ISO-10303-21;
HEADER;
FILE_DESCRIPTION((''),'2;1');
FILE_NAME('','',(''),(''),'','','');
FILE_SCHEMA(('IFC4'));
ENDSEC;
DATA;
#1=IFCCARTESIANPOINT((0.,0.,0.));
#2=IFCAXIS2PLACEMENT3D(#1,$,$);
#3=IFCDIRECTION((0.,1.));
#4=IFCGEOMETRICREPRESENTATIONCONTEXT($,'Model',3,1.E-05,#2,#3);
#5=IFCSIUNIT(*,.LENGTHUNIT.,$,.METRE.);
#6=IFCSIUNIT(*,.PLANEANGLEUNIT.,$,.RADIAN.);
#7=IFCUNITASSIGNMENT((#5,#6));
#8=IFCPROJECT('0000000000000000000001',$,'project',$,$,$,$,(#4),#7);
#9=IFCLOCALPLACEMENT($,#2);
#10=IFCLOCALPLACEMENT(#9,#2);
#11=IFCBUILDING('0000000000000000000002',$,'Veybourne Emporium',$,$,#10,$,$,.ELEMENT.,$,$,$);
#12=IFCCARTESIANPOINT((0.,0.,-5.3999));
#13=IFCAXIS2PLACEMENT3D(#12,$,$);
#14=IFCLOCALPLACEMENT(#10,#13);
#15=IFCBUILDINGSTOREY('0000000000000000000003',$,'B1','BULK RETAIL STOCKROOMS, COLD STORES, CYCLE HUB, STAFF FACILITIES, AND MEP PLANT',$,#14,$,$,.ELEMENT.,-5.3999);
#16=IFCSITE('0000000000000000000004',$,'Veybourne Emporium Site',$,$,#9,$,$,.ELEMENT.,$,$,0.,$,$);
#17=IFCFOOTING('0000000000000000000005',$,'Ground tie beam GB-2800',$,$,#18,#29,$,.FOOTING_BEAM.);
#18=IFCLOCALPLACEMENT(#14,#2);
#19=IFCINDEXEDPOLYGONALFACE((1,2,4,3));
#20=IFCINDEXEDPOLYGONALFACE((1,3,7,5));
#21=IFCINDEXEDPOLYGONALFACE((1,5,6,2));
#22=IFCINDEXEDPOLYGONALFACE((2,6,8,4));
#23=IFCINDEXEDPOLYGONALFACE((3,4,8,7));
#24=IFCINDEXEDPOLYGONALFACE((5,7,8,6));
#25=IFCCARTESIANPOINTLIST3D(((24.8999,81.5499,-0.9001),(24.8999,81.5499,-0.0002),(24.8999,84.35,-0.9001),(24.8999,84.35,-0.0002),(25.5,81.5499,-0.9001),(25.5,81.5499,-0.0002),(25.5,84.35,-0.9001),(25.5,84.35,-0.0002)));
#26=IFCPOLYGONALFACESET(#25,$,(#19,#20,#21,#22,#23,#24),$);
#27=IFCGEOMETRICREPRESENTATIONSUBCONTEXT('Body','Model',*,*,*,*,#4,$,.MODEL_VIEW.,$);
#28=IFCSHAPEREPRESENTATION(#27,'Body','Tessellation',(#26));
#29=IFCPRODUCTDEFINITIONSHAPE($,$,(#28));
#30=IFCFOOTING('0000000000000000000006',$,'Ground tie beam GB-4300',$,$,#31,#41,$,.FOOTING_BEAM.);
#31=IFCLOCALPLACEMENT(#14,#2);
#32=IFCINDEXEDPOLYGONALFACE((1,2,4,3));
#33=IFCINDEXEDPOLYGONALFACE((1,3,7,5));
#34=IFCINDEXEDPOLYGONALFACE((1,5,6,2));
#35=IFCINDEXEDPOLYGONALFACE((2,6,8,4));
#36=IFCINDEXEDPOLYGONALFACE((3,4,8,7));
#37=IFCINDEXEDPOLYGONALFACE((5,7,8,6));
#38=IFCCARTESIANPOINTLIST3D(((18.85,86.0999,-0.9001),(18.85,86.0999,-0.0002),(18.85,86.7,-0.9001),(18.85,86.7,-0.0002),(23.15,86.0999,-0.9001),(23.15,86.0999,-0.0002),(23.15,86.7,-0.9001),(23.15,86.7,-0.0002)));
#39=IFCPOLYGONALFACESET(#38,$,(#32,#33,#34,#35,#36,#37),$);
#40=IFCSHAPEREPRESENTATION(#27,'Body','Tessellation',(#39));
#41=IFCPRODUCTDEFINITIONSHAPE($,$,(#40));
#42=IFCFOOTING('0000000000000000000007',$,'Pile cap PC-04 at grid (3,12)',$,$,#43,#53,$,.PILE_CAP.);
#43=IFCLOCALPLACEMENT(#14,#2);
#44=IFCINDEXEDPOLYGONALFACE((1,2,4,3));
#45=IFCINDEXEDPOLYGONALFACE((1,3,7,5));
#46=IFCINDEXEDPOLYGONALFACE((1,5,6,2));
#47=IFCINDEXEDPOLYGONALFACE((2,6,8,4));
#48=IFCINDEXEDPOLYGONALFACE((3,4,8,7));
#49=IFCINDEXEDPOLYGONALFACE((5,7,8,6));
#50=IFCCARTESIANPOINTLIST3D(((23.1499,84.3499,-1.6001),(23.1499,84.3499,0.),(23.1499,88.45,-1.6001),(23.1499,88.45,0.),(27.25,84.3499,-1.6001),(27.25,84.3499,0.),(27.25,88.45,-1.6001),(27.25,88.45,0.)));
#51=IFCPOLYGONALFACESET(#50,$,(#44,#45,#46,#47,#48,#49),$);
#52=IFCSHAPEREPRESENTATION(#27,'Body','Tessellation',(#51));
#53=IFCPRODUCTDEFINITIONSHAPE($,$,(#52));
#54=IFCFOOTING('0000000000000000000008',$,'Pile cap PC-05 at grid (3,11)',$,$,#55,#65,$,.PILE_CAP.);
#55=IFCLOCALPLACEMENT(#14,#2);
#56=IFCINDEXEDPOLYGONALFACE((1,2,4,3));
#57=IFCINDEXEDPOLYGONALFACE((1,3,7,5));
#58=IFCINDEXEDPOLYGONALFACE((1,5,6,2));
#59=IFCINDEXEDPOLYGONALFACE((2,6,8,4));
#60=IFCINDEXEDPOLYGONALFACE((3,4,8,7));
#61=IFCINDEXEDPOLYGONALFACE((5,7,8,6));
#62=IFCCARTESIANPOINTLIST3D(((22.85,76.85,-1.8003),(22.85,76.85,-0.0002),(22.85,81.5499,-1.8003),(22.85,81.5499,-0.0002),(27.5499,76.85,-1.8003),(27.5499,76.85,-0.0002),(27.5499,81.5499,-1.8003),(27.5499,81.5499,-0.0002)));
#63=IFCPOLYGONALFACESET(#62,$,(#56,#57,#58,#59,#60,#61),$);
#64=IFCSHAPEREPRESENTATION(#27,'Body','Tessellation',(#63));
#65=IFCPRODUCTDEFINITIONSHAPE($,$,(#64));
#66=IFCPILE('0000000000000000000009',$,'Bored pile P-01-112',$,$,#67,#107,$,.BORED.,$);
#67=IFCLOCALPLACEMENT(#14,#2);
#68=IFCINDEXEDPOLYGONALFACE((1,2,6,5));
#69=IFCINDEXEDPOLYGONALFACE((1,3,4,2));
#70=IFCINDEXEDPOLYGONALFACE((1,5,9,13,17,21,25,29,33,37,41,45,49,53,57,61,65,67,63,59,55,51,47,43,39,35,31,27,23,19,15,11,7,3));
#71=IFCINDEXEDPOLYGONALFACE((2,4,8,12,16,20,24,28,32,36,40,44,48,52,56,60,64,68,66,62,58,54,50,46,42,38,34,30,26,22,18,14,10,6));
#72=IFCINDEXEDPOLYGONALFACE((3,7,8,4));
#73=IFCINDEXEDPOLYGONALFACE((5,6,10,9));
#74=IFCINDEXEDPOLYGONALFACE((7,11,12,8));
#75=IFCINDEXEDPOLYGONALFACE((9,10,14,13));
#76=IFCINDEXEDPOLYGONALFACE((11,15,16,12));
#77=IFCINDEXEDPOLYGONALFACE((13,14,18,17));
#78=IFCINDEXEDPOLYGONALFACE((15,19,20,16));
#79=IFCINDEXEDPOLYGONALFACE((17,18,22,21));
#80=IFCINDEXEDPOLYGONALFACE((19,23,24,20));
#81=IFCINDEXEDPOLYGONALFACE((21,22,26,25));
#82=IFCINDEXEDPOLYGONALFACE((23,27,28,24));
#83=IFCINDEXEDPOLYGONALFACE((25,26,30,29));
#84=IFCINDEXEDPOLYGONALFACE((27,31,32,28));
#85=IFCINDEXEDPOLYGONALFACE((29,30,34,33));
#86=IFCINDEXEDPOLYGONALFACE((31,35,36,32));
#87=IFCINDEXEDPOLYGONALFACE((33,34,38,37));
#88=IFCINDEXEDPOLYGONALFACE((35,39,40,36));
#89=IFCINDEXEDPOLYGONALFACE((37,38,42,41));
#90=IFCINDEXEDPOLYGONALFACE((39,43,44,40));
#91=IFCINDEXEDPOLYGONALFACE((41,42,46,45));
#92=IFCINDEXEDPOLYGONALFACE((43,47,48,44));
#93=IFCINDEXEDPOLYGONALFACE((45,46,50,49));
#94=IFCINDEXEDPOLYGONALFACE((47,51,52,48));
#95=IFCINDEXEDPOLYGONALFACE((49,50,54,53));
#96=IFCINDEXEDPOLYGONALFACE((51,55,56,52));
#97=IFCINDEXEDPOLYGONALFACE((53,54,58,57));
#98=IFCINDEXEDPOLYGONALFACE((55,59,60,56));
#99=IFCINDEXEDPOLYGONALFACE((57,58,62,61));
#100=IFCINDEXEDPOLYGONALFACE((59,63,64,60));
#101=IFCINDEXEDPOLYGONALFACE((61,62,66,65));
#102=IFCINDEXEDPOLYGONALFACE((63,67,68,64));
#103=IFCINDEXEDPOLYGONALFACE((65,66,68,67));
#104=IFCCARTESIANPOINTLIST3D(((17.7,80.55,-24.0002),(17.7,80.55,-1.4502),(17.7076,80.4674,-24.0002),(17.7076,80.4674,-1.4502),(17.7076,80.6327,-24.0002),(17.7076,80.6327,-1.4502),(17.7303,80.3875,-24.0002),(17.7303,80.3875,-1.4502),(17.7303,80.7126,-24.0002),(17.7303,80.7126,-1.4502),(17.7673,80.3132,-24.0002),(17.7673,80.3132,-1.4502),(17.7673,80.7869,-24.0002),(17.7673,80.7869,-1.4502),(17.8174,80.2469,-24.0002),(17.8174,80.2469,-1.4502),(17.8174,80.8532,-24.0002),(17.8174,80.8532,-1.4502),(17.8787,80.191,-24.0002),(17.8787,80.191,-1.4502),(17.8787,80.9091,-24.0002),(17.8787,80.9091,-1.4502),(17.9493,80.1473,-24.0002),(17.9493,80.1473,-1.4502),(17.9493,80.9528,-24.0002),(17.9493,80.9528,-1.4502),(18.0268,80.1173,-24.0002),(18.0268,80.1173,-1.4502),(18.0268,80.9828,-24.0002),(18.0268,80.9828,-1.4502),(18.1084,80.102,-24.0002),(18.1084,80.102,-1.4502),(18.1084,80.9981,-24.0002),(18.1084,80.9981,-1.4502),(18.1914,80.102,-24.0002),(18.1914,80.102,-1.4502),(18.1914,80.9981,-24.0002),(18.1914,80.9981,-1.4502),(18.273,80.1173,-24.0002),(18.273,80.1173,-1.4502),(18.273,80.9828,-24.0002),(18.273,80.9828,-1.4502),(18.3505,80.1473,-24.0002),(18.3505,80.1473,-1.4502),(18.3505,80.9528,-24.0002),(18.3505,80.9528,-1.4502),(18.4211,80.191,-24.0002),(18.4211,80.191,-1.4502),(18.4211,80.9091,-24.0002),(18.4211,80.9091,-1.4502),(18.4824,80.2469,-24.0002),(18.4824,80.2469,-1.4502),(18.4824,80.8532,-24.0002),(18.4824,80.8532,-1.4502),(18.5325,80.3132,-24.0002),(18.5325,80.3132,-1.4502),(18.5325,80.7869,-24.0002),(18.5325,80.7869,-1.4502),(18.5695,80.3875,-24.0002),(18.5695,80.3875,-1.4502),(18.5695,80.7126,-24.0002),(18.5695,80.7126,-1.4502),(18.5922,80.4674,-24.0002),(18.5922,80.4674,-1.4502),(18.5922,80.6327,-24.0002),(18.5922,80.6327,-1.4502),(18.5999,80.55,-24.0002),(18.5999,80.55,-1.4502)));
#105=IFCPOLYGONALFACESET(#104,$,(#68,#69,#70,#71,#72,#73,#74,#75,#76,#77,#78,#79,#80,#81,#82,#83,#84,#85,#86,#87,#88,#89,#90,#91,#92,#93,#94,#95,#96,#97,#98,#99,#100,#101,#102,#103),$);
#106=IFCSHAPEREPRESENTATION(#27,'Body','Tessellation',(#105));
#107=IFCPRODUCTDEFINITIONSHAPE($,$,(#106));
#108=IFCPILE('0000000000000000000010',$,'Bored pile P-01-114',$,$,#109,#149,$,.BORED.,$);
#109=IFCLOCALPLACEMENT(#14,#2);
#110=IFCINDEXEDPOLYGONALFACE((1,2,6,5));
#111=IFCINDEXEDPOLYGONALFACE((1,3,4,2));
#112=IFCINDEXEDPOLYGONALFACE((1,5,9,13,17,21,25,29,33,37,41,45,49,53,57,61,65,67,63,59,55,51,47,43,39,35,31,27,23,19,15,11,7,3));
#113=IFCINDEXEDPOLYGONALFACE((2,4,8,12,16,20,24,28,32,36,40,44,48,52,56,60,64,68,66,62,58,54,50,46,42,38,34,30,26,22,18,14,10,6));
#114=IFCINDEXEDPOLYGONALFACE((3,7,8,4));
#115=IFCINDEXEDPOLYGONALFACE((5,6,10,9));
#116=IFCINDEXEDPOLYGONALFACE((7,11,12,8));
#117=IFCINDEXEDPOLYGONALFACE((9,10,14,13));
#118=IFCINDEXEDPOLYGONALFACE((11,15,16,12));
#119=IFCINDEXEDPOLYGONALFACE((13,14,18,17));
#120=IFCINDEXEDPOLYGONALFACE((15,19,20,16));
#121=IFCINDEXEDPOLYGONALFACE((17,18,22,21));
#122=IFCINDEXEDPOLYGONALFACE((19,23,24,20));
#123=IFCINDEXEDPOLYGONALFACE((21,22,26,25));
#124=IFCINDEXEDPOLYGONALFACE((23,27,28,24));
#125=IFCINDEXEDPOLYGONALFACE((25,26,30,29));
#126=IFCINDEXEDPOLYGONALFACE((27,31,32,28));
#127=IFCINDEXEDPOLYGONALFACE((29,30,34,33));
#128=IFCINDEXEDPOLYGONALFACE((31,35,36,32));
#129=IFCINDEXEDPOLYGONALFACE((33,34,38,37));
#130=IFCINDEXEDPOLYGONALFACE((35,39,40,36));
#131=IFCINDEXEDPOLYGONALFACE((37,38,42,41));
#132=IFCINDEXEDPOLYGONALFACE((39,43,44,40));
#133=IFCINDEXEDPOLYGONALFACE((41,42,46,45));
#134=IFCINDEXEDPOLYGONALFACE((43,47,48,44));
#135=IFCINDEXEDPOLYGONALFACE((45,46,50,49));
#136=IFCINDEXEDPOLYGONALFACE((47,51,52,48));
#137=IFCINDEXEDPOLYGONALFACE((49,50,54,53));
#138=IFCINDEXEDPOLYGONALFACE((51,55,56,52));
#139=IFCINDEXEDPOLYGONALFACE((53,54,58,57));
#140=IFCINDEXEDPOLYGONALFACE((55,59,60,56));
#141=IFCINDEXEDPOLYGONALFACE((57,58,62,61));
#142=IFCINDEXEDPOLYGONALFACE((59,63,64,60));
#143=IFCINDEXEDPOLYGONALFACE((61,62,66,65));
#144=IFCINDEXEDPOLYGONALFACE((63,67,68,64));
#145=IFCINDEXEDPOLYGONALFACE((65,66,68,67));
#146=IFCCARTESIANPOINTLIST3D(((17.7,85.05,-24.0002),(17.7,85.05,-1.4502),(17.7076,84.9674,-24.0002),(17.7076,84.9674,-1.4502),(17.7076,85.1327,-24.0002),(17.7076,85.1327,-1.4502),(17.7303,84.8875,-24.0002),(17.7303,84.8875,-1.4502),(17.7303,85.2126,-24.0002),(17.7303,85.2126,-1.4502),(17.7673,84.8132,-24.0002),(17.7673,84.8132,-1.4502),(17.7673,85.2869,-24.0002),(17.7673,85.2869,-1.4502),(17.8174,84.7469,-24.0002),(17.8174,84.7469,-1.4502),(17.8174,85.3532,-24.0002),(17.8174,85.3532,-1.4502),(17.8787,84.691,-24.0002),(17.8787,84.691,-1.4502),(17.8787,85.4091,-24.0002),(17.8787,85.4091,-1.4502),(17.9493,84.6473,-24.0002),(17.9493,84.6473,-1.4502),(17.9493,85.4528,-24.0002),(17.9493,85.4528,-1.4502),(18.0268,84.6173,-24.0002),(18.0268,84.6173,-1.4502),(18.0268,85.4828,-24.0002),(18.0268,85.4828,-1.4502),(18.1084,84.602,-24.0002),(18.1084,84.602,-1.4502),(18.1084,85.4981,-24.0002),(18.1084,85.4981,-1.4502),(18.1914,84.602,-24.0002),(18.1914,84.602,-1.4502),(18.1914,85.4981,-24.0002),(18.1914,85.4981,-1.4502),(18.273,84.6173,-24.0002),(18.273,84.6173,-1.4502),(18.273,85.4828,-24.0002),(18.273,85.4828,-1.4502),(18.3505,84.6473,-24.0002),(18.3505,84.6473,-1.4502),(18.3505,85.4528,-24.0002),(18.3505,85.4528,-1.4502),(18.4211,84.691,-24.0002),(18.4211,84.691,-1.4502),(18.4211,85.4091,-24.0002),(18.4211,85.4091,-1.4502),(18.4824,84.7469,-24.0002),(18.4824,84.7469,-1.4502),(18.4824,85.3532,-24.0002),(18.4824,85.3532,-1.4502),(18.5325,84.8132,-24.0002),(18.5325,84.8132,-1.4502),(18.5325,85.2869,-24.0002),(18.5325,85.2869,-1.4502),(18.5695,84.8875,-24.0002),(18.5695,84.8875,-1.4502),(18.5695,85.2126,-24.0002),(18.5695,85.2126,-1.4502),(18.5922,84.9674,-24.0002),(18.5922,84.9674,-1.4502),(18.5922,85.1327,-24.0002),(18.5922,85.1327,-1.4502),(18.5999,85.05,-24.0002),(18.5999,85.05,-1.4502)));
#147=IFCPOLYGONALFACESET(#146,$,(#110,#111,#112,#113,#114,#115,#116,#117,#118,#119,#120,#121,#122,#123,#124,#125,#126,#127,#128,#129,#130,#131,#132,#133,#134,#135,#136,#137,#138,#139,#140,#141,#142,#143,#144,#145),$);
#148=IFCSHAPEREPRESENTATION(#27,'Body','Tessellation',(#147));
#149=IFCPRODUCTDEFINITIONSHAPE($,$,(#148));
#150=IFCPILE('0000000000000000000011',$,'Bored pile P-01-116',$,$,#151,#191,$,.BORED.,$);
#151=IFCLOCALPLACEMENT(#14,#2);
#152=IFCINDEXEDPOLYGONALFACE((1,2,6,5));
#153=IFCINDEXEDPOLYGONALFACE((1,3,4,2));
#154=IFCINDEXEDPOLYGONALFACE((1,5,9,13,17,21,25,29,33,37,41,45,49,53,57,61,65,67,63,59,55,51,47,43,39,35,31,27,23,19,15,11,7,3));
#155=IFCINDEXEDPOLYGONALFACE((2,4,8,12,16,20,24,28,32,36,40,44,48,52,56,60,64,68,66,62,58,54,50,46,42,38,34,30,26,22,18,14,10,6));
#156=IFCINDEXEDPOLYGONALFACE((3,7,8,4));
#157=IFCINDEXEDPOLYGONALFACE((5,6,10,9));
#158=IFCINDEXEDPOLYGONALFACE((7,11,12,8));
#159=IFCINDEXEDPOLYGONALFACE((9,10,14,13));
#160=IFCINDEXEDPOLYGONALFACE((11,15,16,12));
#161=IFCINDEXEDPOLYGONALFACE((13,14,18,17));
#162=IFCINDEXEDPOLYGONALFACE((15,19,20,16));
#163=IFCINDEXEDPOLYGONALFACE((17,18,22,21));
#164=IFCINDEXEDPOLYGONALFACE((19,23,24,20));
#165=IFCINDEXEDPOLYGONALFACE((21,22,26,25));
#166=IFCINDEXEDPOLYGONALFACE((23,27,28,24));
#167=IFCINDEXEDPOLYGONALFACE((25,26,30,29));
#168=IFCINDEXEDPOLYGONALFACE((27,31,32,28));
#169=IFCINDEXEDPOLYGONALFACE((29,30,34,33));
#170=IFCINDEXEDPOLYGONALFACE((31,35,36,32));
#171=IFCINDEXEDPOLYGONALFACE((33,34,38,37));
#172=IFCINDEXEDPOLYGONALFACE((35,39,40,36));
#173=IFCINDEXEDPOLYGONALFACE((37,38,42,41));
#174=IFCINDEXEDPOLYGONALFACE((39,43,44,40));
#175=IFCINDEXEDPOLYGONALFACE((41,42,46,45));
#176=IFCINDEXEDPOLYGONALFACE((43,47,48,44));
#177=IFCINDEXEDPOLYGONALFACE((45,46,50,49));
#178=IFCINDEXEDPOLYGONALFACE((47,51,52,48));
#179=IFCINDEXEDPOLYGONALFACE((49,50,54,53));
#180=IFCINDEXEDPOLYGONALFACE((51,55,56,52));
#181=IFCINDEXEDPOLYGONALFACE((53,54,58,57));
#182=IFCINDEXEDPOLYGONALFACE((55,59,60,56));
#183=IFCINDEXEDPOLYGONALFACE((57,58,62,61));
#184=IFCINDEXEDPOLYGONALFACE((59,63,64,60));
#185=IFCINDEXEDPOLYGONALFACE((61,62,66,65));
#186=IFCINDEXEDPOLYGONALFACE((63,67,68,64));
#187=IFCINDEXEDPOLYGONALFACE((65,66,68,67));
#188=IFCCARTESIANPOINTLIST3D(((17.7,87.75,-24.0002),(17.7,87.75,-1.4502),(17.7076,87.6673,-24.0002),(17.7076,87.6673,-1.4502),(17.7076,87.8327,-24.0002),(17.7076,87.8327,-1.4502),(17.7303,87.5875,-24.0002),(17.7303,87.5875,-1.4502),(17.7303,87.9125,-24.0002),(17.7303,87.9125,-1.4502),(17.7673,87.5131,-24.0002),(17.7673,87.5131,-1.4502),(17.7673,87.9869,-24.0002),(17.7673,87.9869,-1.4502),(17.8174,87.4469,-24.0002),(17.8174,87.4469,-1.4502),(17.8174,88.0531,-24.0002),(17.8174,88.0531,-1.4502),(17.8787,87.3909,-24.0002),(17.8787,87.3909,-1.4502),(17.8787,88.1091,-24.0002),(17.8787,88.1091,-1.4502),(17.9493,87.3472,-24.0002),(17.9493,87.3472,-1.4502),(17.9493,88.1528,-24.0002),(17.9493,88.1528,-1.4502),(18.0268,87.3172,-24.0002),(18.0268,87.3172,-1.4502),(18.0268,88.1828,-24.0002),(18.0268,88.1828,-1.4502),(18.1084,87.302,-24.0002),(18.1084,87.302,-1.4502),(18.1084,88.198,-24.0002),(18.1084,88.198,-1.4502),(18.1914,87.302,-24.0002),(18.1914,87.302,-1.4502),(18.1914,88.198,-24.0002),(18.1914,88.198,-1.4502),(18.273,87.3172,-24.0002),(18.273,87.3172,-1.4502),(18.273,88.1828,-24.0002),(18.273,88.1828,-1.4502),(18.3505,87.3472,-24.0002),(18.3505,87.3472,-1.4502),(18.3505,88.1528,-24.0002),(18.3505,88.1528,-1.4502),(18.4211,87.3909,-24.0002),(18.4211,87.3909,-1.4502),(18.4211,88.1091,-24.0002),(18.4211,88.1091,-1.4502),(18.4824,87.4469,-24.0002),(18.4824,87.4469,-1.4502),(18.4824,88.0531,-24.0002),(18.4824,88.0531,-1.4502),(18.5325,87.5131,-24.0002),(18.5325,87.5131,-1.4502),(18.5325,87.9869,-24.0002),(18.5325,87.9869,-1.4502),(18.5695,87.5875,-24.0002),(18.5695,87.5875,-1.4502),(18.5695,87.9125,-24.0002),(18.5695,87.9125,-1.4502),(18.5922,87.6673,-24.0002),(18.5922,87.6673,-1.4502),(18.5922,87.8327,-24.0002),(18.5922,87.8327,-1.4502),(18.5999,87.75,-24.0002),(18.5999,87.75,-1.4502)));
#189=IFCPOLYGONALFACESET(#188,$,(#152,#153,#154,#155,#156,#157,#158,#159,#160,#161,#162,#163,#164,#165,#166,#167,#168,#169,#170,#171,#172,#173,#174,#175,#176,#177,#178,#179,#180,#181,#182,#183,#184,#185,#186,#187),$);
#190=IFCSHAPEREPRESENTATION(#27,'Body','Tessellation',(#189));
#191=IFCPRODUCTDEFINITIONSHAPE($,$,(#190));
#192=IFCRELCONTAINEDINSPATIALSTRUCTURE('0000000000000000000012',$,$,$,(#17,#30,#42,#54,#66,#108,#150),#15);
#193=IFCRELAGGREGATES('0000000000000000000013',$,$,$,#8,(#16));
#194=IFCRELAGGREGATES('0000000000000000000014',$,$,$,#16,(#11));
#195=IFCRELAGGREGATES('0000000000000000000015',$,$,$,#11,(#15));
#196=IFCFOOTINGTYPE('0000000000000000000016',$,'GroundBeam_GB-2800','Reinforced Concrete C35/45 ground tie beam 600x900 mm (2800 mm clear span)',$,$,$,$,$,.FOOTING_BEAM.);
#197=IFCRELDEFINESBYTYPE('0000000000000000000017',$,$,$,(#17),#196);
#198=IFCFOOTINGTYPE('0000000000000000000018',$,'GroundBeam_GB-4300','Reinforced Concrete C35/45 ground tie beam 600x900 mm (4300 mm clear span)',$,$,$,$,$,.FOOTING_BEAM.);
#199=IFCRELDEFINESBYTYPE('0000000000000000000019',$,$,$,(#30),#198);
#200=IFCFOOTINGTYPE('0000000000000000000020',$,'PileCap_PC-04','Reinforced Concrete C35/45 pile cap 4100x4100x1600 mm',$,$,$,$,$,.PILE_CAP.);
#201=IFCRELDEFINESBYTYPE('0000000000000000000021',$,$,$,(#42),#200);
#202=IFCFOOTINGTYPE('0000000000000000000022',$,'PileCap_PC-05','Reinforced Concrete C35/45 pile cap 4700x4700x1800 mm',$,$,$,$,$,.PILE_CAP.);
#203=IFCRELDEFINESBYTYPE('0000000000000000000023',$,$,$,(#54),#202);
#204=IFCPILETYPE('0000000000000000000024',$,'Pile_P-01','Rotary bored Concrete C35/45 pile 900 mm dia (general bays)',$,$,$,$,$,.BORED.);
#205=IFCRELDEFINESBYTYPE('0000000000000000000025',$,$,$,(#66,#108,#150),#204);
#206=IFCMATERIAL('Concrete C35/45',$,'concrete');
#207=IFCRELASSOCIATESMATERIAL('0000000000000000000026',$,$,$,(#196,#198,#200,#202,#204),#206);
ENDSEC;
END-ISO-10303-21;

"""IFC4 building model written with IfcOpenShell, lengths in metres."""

from ifc_helpers import new_model, si_unit, direction, frame, origin, origin_2d, place, context, subcontext, project, spatial, rectangle, circle, extrude, material, material_profile, profile_set, type_object, element, save


model = new_model("IFC4")

# Units and contexts
model_context = context("Model", 3, precision=1e-05, world=origin(), true_north=direction((0.0, 1.0)))
body_context = subcontext(model_context, "Body", "Model", "MODEL_VIEW")
ifc_project = project(units=[si_unit("LENGTHUNIT", "METRE"), si_unit("PLANEANGLEUNIT", "RADIAN")], contexts=[model_context])

# Site, building, storey
site_placement = place(None, origin())
site = spatial("IfcSite", under=ifc_project, at=site_placement, Name="Veybourne Emporium Site", CompositionType="ELEMENT", RefElevation=0.0)
building_placement = place(site_placement, origin())
building = spatial("IfcBuilding", under=site, at=building_placement, Name="Veybourne Emporium", CompositionType="ELEMENT")
storey_placement = place(building_placement, frame((0.0, 0.0, -5.3999)))
storey = spatial("IfcBuildingStorey", under=building, at=storey_placement, Name="B1", Description="BULK RETAIL STOCKROOMS, COLD STORES, CYCLE HUB, STAFF FACILITIES, AND MEP PLANT", CompositionType="ELEMENT", Elevation=-5.3999)

# Footings
ifc_material_1 = material(Name="Concrete C35/45", Category="concrete")
footing_type_1 = type_object("IfcFootingType", Name="GroundBeam_GB-2800", Description="Reinforced Concrete C35/45 ground tie beam 600x900 mm (2800 mm clear span)", PredefinedType="FOOTING_BEAM", material=ifc_material_1)
footing_1_placement = place(storey_placement, frame((25.2, 82.95, -0.9001), z_axis=(0.0, 0.0, 1.0), x_axis=(0.0, 1.0, 0.0)))
element("IfcFooting", 1, at=footing_1_placement, inside=storey, type_object=footing_type_1, Name="Ground tie beam GB-2800", PredefinedType="FOOTING_BEAM", context=body_context, shape_type="SweptSolid", body=[
    extrude(rectangle(XDim=2.8, YDim=0.6001, at=origin_2d()), origin(), (0.0, 0.0, 1.0), 0.8999),
])
footing_type_2 = type_object("IfcFootingType", Name="GroundBeam_GB-4300", Description="Reinforced Concrete C35/45 ground tie beam 600x900 mm (4300 mm clear span)", PredefinedType="FOOTING_BEAM", material=ifc_material_1)
footing_2_placement = place(storey_placement, frame((21.0, 86.3999, -0.9001), z_axis=(0.0, 0.0, 1.0), x_axis=(1.0, 0.0, 0.0)))
element("IfcFooting", 2, at=footing_2_placement, inside=storey, type_object=footing_type_2, Name="Ground tie beam GB-4300", PredefinedType="FOOTING_BEAM", context=body_context, shape_type="SweptSolid", body=[
    extrude(rectangle(XDim=4.3, YDim=0.6001, at=origin_2d()), origin(), (0.0, 0.0, 1.0), 0.8999),
])
footing_type_3 = type_object("IfcFootingType", Name="PileCap_PC-04", Description="Reinforced Concrete C35/45 pile cap 4100x4100x1600 mm", PredefinedType="PILE_CAP", material=ifc_material_1)
footing_3_placement = place(storey_placement, frame((25.2, 86.3999, -1.6001), z_axis=(0.0, 0.0, 1.0), x_axis=(1.0, 0.0, 0.0)))
element("IfcFooting", 3, at=footing_3_placement, inside=storey, type_object=footing_type_3, Name="Pile cap PC-04 at grid (3,12)", PredefinedType="PILE_CAP", context=body_context, shape_type="SweptSolid", body=[
    extrude(rectangle(XDim=4.1001, YDim=4.1001, at=origin_2d()), origin(), (0.0, 0.0, 1.0), 1.6001),
])
footing_type_4 = type_object("IfcFootingType", Name="PileCap_PC-05", Description="Reinforced Concrete C35/45 pile cap 4700x4700x1800 mm", PredefinedType="PILE_CAP", material=ifc_material_1)
footing_4_placement = place(storey_placement, frame((25.2, 79.2, -1.8003), z_axis=(0.0, 0.0, 1.0), x_axis=(1.0, 0.0, 0.0)))
element("IfcFooting", 4, at=footing_4_placement, inside=storey, type_object=footing_type_4, Name="Pile cap PC-05 at grid (3,11)", PredefinedType="PILE_CAP", context=body_context, shape_type="SweptSolid", body=[
    extrude(rectangle(XDim=4.7, YDim=4.7, at=origin_2d()), origin(), (0.0, 0.0, 1.0), 1.8),
])

# Piles
ifc_material_profile_1 = material_profile(ifc_material_1, circle(Radius=0.45, at=origin_2d()), Name="BORED PILE 900")
ifc_profile_set_1 = profile_set([ifc_material_profile_1], Name="Concrete C35/45")
pile_type_1 = type_object("IfcPileType", Name="Pile_P-01", Description="Rotary bored Concrete C35/45 pile 900 mm dia (general bays)", PredefinedType="BORED", material=ifc_profile_set_1)
for number, where, z_axis, x_axis, name in (
    (5, (18.1499, 80.55, -1.4502), (0.0, 0.0, -1.0), (1.0, 0.0, 0.0), "Bored pile P-01-112"),
    (6, (18.1499, 85.05, -1.4502), (0.0, 0.0, -1.0), (1.0, 0.0, 0.0), "Bored pile P-01-114"),
    (7, (18.1499, 87.75, -1.4502), (0.0, 0.0, -1.0), (1.0, 0.0, 0.0), "Bored pile P-01-116"),
):
    element("IfcPile", number, at=place(storey_placement, frame(where, z_axis=z_axis, x_axis=x_axis)), inside=storey, type_object=pile_type_1, Name=name, PredefinedType="BORED", context=body_context, shape_type="SweptSolid", body=[
        extrude(circle(Radius=0.45, at=origin_2d()), origin(), (0.0, 0.0, 1.0), 22.55),
    ])

save(model, "model.ifc")
